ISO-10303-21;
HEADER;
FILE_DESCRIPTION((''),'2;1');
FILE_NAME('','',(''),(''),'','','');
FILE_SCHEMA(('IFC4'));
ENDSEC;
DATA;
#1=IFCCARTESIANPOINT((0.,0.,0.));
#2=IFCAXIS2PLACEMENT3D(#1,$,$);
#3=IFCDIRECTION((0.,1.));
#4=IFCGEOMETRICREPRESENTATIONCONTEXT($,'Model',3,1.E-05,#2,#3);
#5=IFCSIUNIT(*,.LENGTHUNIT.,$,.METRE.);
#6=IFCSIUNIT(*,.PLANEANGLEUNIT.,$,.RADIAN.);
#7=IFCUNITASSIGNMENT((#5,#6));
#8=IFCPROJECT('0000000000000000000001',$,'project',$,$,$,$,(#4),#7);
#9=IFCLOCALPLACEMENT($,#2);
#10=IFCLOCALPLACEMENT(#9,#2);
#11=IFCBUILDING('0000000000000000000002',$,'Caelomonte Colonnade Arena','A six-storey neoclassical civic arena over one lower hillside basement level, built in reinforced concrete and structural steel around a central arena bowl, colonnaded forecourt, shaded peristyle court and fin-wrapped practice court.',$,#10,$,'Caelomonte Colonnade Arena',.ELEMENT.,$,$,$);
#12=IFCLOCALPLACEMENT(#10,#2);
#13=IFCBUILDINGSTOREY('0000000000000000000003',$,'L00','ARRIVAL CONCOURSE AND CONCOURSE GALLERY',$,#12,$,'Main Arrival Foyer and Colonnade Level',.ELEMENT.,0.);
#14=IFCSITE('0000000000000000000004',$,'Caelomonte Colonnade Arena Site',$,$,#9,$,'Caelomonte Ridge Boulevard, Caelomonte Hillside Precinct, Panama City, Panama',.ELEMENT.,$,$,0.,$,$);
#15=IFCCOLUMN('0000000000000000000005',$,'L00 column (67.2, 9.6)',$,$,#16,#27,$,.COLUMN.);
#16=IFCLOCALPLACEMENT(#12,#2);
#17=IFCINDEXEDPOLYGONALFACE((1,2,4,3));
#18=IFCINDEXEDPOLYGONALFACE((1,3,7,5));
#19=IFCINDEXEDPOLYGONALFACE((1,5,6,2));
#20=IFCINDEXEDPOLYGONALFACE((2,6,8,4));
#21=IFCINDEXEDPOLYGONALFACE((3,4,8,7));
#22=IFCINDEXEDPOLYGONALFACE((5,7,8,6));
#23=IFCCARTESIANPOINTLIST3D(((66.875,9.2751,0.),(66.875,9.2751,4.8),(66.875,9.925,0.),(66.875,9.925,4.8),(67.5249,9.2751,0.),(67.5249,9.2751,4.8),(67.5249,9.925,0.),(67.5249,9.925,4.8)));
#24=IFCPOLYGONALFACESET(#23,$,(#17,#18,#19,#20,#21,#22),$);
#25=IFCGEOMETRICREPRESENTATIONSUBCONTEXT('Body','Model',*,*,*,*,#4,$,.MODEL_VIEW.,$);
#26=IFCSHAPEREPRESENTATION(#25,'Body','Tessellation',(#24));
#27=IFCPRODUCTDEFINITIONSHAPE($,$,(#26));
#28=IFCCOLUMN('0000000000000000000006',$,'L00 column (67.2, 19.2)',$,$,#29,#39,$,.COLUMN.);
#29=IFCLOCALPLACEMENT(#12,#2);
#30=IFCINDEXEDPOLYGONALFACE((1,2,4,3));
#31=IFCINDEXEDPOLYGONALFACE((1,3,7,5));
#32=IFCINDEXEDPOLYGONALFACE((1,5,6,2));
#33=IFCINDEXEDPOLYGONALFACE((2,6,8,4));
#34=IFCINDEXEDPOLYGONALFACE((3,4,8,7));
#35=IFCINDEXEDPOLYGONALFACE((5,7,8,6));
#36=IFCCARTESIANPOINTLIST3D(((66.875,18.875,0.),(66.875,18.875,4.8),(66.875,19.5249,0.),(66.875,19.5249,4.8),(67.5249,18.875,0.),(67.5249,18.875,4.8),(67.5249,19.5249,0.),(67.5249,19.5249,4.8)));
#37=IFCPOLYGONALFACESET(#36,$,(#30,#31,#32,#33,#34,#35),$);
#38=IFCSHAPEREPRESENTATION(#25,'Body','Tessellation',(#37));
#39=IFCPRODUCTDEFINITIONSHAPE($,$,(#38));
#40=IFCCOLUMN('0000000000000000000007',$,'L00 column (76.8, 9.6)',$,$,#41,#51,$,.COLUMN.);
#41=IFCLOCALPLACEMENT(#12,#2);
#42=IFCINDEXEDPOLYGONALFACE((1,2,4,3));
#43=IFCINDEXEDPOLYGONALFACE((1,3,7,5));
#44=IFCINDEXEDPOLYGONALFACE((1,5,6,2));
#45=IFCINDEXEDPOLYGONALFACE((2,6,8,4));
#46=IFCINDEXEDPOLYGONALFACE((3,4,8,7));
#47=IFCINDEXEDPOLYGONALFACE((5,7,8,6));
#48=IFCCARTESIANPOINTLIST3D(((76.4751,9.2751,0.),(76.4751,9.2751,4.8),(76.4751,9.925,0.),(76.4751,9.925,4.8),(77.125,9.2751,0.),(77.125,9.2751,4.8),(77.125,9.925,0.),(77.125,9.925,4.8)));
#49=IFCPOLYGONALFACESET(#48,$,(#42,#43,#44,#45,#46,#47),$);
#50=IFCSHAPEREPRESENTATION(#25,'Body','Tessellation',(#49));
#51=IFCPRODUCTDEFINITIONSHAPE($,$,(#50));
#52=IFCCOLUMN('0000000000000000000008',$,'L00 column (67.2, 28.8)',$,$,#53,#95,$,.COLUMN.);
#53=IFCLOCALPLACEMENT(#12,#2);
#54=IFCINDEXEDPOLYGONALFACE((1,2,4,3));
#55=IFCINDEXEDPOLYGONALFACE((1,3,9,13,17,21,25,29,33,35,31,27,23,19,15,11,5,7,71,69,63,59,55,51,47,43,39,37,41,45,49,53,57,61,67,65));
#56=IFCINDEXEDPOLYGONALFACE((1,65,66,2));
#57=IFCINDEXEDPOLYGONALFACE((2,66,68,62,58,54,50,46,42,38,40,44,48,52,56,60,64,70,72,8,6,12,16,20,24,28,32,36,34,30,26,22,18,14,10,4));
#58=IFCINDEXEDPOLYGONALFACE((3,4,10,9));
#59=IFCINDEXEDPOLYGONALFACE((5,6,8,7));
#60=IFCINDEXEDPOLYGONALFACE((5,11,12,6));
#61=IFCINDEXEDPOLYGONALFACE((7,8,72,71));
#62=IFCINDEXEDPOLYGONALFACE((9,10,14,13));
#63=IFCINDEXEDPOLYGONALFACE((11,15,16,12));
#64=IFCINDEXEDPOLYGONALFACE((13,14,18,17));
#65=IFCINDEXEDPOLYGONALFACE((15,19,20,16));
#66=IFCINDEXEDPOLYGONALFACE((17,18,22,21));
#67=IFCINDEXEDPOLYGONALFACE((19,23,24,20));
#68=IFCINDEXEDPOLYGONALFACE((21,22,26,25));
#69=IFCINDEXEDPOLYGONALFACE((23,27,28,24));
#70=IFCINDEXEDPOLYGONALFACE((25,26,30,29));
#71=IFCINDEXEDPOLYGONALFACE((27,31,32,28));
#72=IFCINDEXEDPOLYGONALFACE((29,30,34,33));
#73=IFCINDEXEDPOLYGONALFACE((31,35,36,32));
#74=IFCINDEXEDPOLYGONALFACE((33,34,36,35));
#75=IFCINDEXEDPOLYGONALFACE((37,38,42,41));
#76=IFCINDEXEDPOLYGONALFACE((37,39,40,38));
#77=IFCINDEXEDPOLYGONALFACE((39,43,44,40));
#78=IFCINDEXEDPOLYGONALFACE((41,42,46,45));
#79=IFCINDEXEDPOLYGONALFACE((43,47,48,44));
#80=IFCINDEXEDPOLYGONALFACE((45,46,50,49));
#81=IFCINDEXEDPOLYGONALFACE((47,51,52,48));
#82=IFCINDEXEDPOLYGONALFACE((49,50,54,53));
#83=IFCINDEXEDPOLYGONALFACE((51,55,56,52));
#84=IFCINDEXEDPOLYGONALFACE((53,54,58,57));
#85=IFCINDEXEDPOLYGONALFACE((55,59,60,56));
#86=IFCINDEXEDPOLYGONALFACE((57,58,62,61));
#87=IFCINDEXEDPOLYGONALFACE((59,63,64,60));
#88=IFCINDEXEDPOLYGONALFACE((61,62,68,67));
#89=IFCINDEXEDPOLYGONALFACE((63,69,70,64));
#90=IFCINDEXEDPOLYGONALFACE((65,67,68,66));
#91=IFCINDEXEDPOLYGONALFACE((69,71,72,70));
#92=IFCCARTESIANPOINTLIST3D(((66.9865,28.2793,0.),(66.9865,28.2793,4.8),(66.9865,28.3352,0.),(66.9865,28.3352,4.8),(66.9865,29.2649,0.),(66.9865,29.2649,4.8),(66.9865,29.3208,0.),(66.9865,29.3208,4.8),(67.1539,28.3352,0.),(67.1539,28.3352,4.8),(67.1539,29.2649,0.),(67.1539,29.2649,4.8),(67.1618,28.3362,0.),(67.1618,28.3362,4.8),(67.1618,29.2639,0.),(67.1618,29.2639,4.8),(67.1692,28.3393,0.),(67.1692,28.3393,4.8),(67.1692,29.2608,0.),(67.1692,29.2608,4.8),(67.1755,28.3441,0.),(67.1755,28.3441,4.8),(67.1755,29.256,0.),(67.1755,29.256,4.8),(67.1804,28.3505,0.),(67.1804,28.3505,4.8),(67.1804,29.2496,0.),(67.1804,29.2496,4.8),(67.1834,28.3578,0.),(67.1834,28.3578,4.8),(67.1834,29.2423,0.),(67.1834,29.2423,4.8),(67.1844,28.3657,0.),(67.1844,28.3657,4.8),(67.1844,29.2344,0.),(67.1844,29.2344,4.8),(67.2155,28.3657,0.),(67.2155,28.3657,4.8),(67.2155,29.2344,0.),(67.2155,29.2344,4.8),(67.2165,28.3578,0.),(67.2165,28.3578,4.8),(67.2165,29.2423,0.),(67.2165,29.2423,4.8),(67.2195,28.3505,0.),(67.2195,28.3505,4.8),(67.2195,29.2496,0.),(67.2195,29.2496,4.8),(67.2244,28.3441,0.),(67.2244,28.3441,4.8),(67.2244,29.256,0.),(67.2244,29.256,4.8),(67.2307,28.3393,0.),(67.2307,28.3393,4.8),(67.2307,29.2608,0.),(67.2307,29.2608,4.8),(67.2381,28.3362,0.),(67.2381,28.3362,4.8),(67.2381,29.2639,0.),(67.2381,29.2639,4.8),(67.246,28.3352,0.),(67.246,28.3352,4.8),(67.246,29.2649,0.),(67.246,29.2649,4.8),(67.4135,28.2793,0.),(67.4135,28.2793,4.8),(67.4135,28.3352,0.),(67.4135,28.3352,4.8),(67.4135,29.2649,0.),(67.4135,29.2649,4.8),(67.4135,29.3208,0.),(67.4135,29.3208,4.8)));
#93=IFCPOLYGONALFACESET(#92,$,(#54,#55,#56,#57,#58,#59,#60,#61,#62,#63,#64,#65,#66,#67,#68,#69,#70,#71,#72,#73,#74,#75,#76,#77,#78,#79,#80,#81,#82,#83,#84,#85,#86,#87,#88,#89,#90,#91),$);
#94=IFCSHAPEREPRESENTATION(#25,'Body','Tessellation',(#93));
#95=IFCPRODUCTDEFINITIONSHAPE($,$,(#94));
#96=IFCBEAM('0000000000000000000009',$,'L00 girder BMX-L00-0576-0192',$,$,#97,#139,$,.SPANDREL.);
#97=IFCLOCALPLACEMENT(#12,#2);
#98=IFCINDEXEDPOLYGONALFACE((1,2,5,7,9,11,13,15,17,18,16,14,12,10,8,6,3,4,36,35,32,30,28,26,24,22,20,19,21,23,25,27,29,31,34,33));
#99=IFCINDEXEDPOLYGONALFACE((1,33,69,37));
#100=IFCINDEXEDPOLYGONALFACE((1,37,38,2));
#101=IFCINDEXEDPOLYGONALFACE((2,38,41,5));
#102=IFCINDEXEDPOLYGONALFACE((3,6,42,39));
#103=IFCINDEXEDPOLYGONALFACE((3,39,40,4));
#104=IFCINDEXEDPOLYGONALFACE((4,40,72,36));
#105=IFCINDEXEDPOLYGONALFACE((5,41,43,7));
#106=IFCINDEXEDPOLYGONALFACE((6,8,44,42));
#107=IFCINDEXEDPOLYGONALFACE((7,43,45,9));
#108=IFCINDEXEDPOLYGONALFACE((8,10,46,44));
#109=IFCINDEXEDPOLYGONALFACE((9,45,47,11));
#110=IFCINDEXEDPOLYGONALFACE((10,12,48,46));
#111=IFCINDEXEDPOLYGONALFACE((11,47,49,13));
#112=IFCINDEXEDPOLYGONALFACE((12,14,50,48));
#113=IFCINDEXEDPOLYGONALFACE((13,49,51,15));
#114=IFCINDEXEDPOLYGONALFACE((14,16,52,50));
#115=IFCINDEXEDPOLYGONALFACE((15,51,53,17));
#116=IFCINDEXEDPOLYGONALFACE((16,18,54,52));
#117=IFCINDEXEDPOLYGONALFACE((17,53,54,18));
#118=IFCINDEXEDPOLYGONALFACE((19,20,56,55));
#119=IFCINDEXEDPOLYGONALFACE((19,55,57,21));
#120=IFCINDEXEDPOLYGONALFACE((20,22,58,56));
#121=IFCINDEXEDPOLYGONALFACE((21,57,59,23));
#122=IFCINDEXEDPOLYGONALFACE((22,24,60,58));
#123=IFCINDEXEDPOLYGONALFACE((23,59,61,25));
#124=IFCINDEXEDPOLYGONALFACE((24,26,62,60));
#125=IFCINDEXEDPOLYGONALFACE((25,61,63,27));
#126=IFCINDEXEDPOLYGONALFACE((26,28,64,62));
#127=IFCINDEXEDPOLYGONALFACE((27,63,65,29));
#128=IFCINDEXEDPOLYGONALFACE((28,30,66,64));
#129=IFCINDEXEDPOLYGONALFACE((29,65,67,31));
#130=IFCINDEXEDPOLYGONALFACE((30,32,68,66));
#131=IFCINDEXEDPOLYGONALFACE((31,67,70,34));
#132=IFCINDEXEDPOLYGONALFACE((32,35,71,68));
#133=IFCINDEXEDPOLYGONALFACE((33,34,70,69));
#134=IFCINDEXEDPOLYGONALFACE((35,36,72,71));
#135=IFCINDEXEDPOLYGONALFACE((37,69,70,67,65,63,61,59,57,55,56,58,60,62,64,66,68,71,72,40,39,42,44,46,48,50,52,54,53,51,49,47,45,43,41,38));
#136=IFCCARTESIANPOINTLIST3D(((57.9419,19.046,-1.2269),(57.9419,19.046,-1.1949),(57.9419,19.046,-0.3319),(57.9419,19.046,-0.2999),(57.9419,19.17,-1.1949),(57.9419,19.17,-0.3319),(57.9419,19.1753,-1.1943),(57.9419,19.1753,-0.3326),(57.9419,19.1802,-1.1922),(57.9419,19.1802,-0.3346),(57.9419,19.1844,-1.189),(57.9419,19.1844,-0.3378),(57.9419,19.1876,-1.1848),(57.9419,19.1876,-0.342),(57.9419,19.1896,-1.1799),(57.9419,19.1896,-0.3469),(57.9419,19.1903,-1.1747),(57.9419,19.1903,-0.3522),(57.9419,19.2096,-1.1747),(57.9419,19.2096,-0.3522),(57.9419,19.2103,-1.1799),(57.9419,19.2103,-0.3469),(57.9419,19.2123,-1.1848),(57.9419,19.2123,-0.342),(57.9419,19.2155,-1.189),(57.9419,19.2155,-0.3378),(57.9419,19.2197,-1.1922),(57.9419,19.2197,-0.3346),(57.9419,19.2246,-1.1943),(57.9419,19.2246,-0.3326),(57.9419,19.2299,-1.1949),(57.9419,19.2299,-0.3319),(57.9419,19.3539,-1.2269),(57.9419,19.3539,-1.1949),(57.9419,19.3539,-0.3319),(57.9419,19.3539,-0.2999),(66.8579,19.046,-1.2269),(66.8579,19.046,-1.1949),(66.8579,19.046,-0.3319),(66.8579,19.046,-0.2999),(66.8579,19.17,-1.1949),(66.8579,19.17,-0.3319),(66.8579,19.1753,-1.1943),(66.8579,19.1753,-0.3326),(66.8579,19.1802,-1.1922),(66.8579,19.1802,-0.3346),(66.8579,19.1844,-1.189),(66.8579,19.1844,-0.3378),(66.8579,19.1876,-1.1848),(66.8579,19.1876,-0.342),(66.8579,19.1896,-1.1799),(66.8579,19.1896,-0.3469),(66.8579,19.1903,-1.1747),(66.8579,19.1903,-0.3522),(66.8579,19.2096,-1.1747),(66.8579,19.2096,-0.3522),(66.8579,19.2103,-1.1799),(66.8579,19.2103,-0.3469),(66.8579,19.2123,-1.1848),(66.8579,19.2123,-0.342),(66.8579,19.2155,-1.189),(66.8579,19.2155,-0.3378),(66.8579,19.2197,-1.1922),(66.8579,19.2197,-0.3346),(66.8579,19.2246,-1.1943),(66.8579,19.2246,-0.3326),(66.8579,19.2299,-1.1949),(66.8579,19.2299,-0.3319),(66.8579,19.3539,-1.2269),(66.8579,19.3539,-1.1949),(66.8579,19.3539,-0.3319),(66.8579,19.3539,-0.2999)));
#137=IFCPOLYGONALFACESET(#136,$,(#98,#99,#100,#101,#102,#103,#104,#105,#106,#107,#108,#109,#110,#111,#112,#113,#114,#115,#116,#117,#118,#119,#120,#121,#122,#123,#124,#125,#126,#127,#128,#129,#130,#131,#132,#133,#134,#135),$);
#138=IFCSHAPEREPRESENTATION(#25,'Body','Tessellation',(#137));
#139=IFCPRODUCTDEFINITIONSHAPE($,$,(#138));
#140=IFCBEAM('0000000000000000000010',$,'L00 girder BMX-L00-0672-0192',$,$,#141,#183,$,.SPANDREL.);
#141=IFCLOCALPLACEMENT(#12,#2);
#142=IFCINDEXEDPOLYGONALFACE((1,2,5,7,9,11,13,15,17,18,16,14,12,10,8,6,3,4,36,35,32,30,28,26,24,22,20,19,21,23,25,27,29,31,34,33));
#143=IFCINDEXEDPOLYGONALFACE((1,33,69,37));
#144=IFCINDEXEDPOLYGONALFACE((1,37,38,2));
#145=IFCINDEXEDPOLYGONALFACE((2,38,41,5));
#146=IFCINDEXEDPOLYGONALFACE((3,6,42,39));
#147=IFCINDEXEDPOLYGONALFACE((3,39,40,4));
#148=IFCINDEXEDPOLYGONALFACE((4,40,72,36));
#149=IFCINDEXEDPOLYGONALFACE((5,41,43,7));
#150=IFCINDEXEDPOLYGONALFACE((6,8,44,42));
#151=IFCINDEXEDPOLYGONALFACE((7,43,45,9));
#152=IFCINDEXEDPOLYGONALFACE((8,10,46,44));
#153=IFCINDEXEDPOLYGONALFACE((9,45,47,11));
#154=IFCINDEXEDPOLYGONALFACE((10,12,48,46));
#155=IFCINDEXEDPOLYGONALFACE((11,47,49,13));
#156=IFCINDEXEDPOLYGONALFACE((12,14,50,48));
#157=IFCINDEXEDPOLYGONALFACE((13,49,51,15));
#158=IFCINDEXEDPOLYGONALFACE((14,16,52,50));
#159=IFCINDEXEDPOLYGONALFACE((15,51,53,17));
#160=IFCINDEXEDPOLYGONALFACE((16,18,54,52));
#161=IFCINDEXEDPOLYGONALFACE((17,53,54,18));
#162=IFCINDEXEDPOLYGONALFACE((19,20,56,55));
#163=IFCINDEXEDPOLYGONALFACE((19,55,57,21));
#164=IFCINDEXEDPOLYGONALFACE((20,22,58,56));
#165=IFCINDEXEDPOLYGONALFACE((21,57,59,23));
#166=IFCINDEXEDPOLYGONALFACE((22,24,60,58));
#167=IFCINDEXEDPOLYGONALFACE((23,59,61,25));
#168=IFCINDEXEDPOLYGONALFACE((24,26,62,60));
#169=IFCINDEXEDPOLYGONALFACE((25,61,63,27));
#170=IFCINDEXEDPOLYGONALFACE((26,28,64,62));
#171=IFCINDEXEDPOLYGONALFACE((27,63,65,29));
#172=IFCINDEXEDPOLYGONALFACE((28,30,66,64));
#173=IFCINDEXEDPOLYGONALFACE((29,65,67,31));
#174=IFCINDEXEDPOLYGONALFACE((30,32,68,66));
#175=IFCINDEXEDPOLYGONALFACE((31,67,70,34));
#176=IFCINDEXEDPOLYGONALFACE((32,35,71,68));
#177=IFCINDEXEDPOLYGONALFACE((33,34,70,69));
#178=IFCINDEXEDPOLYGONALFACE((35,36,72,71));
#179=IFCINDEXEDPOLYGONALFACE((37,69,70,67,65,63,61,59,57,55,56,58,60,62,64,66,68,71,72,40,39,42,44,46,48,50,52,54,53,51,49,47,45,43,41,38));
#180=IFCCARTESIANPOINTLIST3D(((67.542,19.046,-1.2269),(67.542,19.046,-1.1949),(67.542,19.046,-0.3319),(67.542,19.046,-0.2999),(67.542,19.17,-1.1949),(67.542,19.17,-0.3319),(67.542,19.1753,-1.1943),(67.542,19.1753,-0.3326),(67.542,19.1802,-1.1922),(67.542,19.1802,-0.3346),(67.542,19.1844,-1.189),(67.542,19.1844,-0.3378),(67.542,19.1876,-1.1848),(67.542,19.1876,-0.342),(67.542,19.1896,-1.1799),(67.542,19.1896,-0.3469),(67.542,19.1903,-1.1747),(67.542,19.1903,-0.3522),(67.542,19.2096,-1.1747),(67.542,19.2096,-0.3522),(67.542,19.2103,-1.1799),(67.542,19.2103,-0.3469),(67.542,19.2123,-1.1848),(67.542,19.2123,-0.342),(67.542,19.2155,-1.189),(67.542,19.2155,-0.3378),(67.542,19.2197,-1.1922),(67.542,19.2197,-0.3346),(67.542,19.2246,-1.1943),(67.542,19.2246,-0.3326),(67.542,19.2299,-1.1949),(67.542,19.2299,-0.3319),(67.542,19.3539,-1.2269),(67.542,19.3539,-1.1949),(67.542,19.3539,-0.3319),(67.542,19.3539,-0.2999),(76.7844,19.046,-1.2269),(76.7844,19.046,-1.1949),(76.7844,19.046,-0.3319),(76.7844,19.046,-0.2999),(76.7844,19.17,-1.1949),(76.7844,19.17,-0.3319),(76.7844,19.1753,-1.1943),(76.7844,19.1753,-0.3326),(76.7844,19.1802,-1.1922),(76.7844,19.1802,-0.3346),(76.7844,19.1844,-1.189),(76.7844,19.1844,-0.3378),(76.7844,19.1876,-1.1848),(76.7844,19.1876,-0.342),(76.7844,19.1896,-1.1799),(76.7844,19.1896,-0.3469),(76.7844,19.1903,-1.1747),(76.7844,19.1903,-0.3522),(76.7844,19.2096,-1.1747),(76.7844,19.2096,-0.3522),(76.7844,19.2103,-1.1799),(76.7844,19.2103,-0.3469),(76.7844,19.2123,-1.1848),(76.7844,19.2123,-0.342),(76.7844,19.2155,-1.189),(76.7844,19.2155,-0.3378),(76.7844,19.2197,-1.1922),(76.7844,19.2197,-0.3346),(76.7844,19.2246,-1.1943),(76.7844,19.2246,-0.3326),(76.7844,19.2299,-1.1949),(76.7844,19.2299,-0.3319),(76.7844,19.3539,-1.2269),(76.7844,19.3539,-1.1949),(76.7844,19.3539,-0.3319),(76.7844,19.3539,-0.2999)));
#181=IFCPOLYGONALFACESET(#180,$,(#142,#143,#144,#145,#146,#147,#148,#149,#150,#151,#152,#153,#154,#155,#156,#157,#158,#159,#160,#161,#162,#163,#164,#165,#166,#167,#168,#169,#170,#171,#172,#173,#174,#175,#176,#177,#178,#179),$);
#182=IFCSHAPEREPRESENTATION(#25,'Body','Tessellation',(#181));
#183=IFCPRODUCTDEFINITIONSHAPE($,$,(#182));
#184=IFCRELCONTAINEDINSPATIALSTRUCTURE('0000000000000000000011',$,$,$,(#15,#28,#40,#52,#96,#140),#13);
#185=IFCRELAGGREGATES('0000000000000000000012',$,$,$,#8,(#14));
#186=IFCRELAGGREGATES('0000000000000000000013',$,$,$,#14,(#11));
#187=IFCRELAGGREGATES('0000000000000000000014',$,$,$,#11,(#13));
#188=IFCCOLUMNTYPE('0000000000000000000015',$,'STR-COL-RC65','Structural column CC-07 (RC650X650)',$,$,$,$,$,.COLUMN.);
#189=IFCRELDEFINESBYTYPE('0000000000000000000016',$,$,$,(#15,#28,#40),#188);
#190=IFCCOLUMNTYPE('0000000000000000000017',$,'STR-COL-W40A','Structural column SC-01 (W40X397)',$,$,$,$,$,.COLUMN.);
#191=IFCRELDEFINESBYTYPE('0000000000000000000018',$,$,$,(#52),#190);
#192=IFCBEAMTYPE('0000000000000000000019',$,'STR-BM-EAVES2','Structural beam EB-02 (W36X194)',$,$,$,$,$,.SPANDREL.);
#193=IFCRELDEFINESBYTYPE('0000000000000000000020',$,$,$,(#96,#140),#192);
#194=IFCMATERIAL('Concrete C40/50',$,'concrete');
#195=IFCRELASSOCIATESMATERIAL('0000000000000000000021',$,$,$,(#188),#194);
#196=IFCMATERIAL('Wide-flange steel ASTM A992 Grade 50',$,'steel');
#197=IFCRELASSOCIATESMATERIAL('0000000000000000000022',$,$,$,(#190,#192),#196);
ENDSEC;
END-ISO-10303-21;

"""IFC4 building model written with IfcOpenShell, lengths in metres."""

from ifc_helpers import new_model, si_unit, direction, frame, origin, origin_2d, place, context, subcontext, project, spatial, rectangle, i_section, extrude, material, material_profile, profile_set, type_object, element, save


model = new_model("IFC4")

# Units and contexts
model_context = context("Model", 3, precision=1e-05, world=origin(), true_north=direction((0.0, 1.0)))
body_context = subcontext(model_context, "Body", "Model", "MODEL_VIEW")
ifc_project = project(units=[si_unit("LENGTHUNIT", "METRE"), si_unit("PLANEANGLEUNIT", "RADIAN")], contexts=[model_context])

# Site, building, storey
site_placement = place(None, origin())
site = spatial("IfcSite", under=ifc_project, at=site_placement, Name="Caelomonte Colonnade Arena Site", LongName="Caelomonte Ridge Boulevard, Caelomonte Hillside Precinct, Panama City, Panama", CompositionType="ELEMENT", RefElevation=0.0)
building_placement = place(site_placement, origin())
building = spatial("IfcBuilding", under=site, at=building_placement, Name="Caelomonte Colonnade Arena", Description="A six-storey neoclassical civic arena over one lower hillside basement level, built in reinforced concrete and structural steel around a central arena bowl, colonnaded forecourt, shaded peristyle court and fin-wrapped practice court.", LongName="Caelomonte Colonnade Arena", CompositionType="ELEMENT")
storey_placement = place(building_placement, origin())
storey = spatial("IfcBuildingStorey", under=building, at=storey_placement, Name="L00", Description="ARRIVAL CONCOURSE AND CONCOURSE GALLERY", LongName="Main Arrival Foyer and Colonnade Level", CompositionType="ELEMENT", Elevation=0.0)

# Columns
ifc_material_1 = material(Name="Concrete C40/50", Category="concrete")
ifc_material_profile_1 = material_profile(ifc_material_1, rectangle(XDim=0.6499, YDim=0.6499, at=origin_2d()), Name="RC650X650")
ifc_profile_set_1 = profile_set([ifc_material_profile_1], Name="Concrete C40/50")
column_type_1 = type_object("IfcColumnType", Name="STR-COL-RC65", Description="Structural column CC-07 (RC650X650)", PredefinedType="COLUMN", material=ifc_profile_set_1)
for number, where, z_axis, x_axis, name in (
    (1, (67.2, 9.6001, 0.0), (0.0, 0.0, 1.0), (1.0, 0.0, 0.0), "L00 column (67.2, 9.6)"),
    (2, (67.2, 19.2, 0.0), (0.0, 0.0, 1.0), (1.0, 0.0, 0.0), "L00 column (67.2, 19.2)"),
    (3, (76.8, 9.6001, 0.0), (0.0, 0.0, 1.0), (1.0, 0.0, 0.0), "L00 column (76.8, 9.6)"),
):
    element("IfcColumn", number, at=place(storey_placement, frame(where, z_axis=z_axis, x_axis=x_axis)), inside=storey, type_object=column_type_1, Name=name, PredefinedType="COLUMN", context=body_context, shape_type="SweptSolid", body=[
        extrude(rectangle(XDim=0.6499, YDim=0.6499, at=origin_2d()), origin(), (0.0, 0.0, 1.0), 4.8),
    ])
ifc_material_2 = material(Name="Wide-flange steel ASTM A992 Grade 50", Category="steel")
ifc_material_profile_2 = material_profile(ifc_material_2, i_section(OverallWidth=0.427, OverallDepth=1.0415, WebThickness=0.031, FlangeThickness=0.0559, FilletRadius=0.0305, at=origin_2d()), Name="W40X397")
ifc_profile_set_2 = profile_set([ifc_material_profile_2], Name="Wide-flange steel ASTM A992 Grade 50")
column_type_2 = type_object("IfcColumnType", Name="STR-COL-W40A", Description="Structural column SC-01 (W40X397)", PredefinedType="COLUMN", material=ifc_profile_set_2)
column_placement = place(storey_placement, frame((67.2, 28.8, 0.0), z_axis=(0.0, 0.0, 1.0), x_axis=(1.0, 0.0, 0.0)))
element("IfcColumn", 4, at=column_placement, inside=storey, type_object=column_type_2, Name="L00 column (67.2, 28.8)", PredefinedType="COLUMN", context=body_context, shape_type="SweptSolid", body=[
    extrude(i_section(OverallWidth=0.427, OverallDepth=1.0415, WebThickness=0.031, FlangeThickness=0.0559, FilletRadius=0.0305, at=origin_2d()), origin(), (0.0, 0.0, 1.0), 4.8),
])

# Beams
ifc_material_profile_3 = material_profile(ifc_material_2, i_section(OverallWidth=0.3079, OverallDepth=0.927, WebThickness=0.0193, FlangeThickness=0.032, FilletRadius=0.0203, at=origin_2d()), Name="W36X194")
ifc_profile_set_3 = profile_set([ifc_material_profile_3], Name="Wide-flange steel ASTM A992 Grade 50")
beam_type_1 = type_object("IfcBeamType", Name="STR-BM-EAVES2", Description="Structural beam EB-02 (W36X194)", PredefinedType="SPANDREL", material=ifc_profile_set_3)
beam_1_placement = place(storey_placement, frame((57.9419, 19.2, -0.7634), z_axis=(1.0, 0.0, 0.0), x_axis=(0.0, 1.0, 0.0)))
element("IfcBeam", 5, at=beam_1_placement, inside=storey, type_object=beam_type_1, Name="L00 girder BMX-L00-0576-0192", PredefinedType="SPANDREL", context=body_context, shape_type="SweptSolid", body=[
    extrude(i_section(OverallWidth=0.3079, OverallDepth=0.927, WebThickness=0.0193, FlangeThickness=0.032, FilletRadius=0.0203, at=origin_2d()), origin(), (0.0, 0.0, 1.0), 8.916),
])
beam_2_placement = place(storey_placement, frame((67.542, 19.2, -0.7634), z_axis=(1.0, 0.0, 0.0), x_axis=(0.0, 1.0, 0.0)))
element("IfcBeam", 6, at=beam_2_placement, inside=storey, type_object=beam_type_1, Name="L00 girder BMX-L00-0672-0192", PredefinedType="SPANDREL", context=body_context, shape_type="SweptSolid", body=[
    extrude(i_section(OverallWidth=0.3079, OverallDepth=0.927, WebThickness=0.0193, FlangeThickness=0.032, FilletRadius=0.0203, at=origin_2d()), origin(), (0.0, 0.0, 1.0), 9.2424),
])

save(model, "model.ifc")
